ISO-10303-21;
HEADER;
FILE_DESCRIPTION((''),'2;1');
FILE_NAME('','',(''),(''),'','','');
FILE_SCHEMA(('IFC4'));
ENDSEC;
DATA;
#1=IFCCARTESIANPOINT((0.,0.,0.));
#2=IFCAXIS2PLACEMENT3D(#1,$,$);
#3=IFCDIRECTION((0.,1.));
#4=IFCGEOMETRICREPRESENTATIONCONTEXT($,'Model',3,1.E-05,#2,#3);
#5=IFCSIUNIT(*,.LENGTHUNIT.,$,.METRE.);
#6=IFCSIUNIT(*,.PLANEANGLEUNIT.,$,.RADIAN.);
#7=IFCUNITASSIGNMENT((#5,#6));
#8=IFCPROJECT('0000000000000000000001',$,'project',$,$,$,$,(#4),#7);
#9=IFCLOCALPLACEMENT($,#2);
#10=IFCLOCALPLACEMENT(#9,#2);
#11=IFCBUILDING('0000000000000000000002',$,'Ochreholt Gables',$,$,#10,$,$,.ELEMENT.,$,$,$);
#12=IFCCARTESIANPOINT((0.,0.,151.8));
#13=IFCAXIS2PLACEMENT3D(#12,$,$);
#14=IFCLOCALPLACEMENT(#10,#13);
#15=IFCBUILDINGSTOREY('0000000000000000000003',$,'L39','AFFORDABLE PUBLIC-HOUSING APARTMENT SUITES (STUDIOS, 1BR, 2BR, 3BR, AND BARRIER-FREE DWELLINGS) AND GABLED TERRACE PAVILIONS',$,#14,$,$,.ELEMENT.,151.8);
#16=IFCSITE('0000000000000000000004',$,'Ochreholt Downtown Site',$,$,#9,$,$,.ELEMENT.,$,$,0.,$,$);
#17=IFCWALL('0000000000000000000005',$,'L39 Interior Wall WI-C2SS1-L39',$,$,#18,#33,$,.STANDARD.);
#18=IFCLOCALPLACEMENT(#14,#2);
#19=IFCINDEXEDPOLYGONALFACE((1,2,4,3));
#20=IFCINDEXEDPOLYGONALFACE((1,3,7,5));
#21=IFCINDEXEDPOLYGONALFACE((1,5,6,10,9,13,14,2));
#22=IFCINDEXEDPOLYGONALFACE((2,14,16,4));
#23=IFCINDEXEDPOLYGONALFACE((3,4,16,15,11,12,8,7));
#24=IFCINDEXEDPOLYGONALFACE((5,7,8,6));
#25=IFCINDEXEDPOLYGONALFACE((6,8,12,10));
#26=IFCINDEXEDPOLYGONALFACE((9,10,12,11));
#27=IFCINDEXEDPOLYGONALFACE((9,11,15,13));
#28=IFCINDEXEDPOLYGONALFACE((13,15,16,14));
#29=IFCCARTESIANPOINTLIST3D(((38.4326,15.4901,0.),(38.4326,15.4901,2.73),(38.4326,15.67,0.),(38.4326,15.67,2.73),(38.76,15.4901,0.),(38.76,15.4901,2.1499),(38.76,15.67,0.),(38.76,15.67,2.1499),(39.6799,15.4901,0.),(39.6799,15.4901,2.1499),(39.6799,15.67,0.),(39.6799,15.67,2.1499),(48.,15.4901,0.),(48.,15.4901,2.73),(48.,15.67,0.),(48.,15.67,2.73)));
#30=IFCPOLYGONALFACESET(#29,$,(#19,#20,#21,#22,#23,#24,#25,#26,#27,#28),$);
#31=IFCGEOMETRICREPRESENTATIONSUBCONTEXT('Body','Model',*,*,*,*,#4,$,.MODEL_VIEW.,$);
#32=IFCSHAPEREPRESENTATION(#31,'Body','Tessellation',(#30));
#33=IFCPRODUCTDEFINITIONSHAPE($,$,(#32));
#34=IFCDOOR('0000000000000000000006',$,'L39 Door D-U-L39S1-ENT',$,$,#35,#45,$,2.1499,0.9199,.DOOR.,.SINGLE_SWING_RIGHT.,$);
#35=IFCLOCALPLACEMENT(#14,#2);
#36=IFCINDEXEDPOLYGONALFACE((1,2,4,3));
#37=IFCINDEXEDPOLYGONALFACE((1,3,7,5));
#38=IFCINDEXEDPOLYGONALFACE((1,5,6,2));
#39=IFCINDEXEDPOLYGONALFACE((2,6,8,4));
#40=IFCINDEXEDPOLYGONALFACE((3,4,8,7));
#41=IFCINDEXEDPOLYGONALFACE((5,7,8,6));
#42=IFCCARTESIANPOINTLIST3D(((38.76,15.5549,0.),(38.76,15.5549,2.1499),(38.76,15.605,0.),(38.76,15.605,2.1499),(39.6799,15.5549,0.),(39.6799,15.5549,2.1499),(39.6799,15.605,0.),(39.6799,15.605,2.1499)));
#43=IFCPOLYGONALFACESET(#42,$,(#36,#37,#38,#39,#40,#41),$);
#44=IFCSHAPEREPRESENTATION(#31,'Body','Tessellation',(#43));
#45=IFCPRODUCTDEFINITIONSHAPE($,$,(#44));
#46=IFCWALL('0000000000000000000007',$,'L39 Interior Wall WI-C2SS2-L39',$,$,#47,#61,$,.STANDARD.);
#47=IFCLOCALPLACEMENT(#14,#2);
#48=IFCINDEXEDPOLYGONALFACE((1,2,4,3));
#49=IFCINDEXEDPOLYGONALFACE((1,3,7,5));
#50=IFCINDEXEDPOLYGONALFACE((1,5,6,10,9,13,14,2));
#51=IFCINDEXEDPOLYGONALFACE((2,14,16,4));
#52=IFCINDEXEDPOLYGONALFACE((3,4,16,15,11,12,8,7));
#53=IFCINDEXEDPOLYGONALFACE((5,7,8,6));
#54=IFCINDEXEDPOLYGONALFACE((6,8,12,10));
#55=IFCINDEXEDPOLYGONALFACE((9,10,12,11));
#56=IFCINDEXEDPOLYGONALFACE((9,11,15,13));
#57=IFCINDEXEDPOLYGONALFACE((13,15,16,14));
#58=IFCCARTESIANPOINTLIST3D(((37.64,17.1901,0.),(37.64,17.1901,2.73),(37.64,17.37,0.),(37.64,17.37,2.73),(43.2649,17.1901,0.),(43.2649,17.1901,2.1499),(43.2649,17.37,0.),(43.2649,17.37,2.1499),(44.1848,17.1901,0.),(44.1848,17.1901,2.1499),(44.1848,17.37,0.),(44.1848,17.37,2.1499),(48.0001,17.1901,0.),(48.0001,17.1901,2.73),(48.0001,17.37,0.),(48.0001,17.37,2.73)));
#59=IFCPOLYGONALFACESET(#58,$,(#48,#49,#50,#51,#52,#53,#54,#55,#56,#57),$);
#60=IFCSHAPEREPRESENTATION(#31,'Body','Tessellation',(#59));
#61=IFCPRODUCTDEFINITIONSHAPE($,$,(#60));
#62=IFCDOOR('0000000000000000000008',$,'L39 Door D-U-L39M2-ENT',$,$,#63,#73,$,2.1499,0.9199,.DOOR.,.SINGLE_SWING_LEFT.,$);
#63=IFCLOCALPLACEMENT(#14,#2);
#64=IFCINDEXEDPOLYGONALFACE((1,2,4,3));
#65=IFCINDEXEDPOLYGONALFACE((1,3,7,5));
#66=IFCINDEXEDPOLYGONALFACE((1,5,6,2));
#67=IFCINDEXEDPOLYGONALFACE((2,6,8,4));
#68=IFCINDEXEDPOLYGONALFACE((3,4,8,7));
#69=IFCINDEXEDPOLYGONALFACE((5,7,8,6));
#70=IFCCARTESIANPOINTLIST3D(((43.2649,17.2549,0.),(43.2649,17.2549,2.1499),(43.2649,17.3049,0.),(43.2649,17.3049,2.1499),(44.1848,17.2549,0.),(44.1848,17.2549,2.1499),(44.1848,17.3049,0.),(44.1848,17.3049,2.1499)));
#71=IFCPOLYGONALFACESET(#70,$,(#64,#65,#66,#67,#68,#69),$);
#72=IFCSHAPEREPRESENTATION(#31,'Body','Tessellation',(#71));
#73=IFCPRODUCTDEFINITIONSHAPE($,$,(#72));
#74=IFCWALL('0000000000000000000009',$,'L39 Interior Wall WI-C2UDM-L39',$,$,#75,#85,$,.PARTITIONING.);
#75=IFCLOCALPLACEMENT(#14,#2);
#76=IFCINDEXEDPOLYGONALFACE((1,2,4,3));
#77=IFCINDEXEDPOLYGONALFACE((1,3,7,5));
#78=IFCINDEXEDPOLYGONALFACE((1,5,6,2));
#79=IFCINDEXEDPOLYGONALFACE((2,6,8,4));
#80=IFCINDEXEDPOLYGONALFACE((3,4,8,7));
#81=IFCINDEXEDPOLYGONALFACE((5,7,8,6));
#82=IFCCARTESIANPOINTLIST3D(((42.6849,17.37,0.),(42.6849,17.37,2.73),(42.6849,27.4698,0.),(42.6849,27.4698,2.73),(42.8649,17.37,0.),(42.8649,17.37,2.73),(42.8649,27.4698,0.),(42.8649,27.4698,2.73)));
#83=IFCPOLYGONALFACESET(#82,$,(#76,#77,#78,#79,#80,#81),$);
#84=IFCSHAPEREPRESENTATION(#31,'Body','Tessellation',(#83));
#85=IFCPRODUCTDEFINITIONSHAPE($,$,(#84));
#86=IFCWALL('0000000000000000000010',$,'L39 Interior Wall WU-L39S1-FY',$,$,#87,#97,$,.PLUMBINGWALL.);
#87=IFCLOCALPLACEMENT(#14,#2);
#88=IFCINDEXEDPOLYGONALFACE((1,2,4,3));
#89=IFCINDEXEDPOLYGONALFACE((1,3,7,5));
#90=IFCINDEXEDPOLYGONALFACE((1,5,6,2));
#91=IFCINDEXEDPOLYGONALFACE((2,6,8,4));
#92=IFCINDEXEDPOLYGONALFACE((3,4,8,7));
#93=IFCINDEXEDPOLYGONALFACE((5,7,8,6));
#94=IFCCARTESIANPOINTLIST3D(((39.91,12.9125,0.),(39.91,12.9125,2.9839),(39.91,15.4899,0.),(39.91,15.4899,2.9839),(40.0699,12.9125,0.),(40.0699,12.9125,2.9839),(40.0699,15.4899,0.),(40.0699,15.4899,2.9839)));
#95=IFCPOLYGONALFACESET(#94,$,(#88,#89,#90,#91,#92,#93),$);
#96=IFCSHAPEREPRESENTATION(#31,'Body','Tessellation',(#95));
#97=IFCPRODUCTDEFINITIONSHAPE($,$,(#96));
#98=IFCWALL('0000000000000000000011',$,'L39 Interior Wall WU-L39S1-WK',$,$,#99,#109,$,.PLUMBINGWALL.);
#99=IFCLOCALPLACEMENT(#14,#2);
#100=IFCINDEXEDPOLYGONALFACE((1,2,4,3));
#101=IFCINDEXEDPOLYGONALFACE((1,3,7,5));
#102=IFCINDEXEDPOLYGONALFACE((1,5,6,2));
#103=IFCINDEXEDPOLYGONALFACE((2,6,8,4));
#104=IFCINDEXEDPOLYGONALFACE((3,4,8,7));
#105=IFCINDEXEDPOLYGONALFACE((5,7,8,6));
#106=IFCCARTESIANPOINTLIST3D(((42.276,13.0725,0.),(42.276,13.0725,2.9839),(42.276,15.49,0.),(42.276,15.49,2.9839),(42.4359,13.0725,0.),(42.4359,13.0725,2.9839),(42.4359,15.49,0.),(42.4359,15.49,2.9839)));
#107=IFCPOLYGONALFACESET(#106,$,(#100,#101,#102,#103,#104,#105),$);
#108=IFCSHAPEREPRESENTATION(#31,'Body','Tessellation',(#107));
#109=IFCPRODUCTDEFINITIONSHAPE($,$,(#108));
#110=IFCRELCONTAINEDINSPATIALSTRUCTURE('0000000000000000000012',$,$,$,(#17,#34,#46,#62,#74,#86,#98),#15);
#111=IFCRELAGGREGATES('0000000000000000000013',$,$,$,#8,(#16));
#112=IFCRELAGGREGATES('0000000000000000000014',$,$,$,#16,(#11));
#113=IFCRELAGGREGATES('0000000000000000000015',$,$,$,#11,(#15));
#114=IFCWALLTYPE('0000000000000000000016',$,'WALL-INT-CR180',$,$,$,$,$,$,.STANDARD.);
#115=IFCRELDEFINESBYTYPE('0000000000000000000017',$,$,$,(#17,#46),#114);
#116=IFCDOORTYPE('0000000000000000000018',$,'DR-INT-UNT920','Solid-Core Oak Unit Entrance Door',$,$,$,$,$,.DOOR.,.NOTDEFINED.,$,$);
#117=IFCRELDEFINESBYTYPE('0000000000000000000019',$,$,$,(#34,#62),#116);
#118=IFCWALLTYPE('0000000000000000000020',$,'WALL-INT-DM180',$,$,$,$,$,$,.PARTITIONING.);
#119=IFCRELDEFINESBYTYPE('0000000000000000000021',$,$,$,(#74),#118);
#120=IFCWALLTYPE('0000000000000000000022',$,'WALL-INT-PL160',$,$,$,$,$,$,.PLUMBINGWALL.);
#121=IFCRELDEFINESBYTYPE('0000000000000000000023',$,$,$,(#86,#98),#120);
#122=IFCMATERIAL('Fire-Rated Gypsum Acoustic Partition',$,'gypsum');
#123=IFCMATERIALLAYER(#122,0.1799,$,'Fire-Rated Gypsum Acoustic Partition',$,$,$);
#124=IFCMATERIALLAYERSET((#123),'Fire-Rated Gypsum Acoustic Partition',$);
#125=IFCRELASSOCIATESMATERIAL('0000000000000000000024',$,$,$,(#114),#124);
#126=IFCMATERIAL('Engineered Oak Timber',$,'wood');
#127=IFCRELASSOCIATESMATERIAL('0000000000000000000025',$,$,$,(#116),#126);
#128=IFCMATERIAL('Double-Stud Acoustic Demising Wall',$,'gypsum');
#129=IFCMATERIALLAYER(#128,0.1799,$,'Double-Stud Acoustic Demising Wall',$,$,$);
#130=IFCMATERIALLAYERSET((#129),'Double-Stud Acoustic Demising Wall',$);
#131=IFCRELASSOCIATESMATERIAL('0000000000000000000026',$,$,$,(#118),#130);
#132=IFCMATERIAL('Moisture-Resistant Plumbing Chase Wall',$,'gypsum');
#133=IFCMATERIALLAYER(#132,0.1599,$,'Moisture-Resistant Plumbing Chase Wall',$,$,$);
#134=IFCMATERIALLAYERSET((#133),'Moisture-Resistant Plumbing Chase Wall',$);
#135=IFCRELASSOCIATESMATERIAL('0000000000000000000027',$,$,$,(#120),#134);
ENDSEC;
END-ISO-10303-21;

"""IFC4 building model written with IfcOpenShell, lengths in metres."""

from ifc_helpers import new_model, si_unit, direction, frame, frame_2d, origin, place, context, subcontext, project, spatial, rectangle, extrude, material, layer, layer_set, type_object, element, fill, save


model = new_model("IFC4")

# Units and contexts
model_context = context("Model", 3, precision=1e-05, world=origin(), true_north=direction((0.0, 1.0)))
body_context = subcontext(model_context, "Body", "Model", "MODEL_VIEW")
ifc_project = project(units=[si_unit("LENGTHUNIT", "METRE"), si_unit("PLANEANGLEUNIT", "RADIAN")], contexts=[model_context])

# Site, building, storey
site_placement = place(None, origin())
site = spatial("IfcSite", under=ifc_project, at=site_placement, Name="Ochreholt Downtown Site", CompositionType="ELEMENT", RefElevation=0.0)
building_placement = place(site_placement, origin())
building = spatial("IfcBuilding", under=site, at=building_placement, Name="Ochreholt Gables", CompositionType="ELEMENT")
storey_placement = place(building_placement, frame((0.0, 0.0, 151.8)))
storey = spatial("IfcBuildingStorey", under=building, at=storey_placement, Name="L39", Description="AFFORDABLE PUBLIC-HOUSING APARTMENT SUITES (STUDIOS, 1BR, 2BR, 3BR, AND BARRIER-FREE DWELLINGS) AND GABLED TERRACE PAVILIONS", CompositionType="ELEMENT", Elevation=151.8)

# Walls, openings, doors
ifc_material_1 = material(Name="Fire-Rated Gypsum Acoustic Partition", Category="gypsum")
ifc_layer_1 = layer(ifc_material_1, 0.1799, Name="Fire-Rated Gypsum Acoustic Partition")
ifc_layer_set_1 = layer_set([ifc_layer_1], Name="Fire-Rated Gypsum Acoustic Partition")
wall_type_1 = type_object("IfcWallType", Name="WALL-INT-CR180", PredefinedType="STANDARD", material=ifc_layer_set_1)
ifc_material_2 = material(Name="Engineered Oak Timber", Category="wood")
door_type_1 = type_object("IfcDoorType", Name="DR-INT-UNT920", Description="Solid-Core Oak Unit Entrance Door", OperationType="NOTDEFINED", PredefinedType="DOOR", material=ifc_material_2)
wall_1_placement = place(storey_placement, frame((38.4326, 15.5801, 0.0), z_axis=(0.0, 0.0, 1.0), x_axis=(1.0, 0.0, 0.0)))
wall_1 = element("IfcWall", 1, at=wall_1_placement, inside=storey, type_object=wall_type_1, Name="L39 Interior Wall WI-C2SS1-L39", PredefinedType="STANDARD", context=body_context, shape_type="SweptSolid", body=[
    extrude(rectangle(XDim=9.5674, YDim=0.1799, at=frame_2d((4.7837, 0.0))), origin(), (0.0, 0.0, 1.0), 2.73),
])
opening_1_placement = place(wall_1_placement, frame((0.3274, 0.0, 0.0)))
opening_1 = element("IfcOpeningElement", 2, at=opening_1_placement, cuts=wall_1, PredefinedType="OPENING", context=body_context, shape_type="SweptSolid", body=[
    extrude(rectangle(XDim=0.9199, YDim=2.1499, at=frame_2d((0.46, 1.075))), frame((0.0, 0.0999, 0.0), z_axis=(0.0, -1.0, 0.0), x_axis=(1.0, 0.0, 0.0)), (0.0, 0.0, 1.0), 0.2),
])
door_1_placement = place(opening_1_placement, origin())
door_1 = element("IfcDoor", 3, at=door_1_placement, inside=storey, type_object=door_type_1, Name="L39 Door D-U-L39S1-ENT", OperationType="SINGLE_SWING_RIGHT", OverallHeight=2.1499, OverallWidth=0.9199, PredefinedType="DOOR", context=body_context, shape_type="SweptSolid", body=[
    extrude(rectangle(XDim=0.9199, YDim=2.1499, at=frame_2d((0.46, 1.075))), frame((0.0, 0.0249, 0.0), z_axis=(0.0, -1.0, 0.0), x_axis=(1.0, 0.0, 0.0)), (0.0, 0.0, 1.0), 0.05),
])
fill(opening_1, door_1)
wall_2_placement = place(storey_placement, frame((37.6399, 17.28, 0.0), z_axis=(0.0, 0.0, 1.0), x_axis=(1.0, 0.0, 0.0)))
wall_2 = element("IfcWall", 4, at=wall_2_placement, inside=storey, type_object=wall_type_1, Name="L39 Interior Wall WI-C2SS2-L39", PredefinedType="STANDARD", context=body_context, shape_type="SweptSolid", body=[
    extrude(rectangle(XDim=10.3601, YDim=0.1799, at=frame_2d((5.1802, 0.0))), origin(), (0.0, 0.0, 1.0), 2.73),
])
opening_2_placement = place(wall_2_placement, frame((5.625, 0.0, 0.0)))
opening_2 = element("IfcOpeningElement", 5, at=opening_2_placement, cuts=wall_2, PredefinedType="OPENING", context=body_context, shape_type="SweptSolid", body=[
    extrude(rectangle(XDim=0.9199, YDim=2.1499, at=frame_2d((0.46, 1.075))), frame((0.0, 0.0999, 0.0), z_axis=(0.0, -1.0, 0.0), x_axis=(1.0, 0.0, 0.0)), (0.0, 0.0, 1.0), 0.2),
])
door_2_placement = place(opening_2_placement, origin())
door_2 = element("IfcDoor", 6, at=door_2_placement, inside=storey, type_object=door_type_1, Name="L39 Door D-U-L39M2-ENT", OperationType="SINGLE_SWING_LEFT", OverallHeight=2.1499, OverallWidth=0.9199, PredefinedType="DOOR", context=body_context, shape_type="SweptSolid", body=[
    extrude(rectangle(XDim=0.9199, YDim=2.1499, at=frame_2d((0.46, 1.075))), frame((0.0, 0.0249, 0.0), z_axis=(0.0, -1.0, 0.0), x_axis=(1.0, 0.0, 0.0)), (0.0, 0.0, 1.0), 0.05),
])
fill(opening_2, door_2)

# Wall
ifc_material_3 = material(Name="Double-Stud Acoustic Demising Wall", Category="gypsum")
ifc_layer_2 = layer(ifc_material_3, 0.1799, Name="Double-Stud Acoustic Demising Wall")
ifc_layer_set_2 = layer_set([ifc_layer_2], Name="Double-Stud Acoustic Demising Wall")
wall_type_2 = type_object("IfcWallType", Name="WALL-INT-DM180", PredefinedType="PARTITIONING", material=ifc_layer_set_2)
wall_3_placement = place(storey_placement, frame((42.7749, 17.3701, 0.0), z_axis=(0.0, 0.0, 1.0), x_axis=(0.0, 1.0, 0.0)))
element("IfcWall", 7, at=wall_3_placement, inside=storey, type_object=wall_type_2, Name="L39 Interior Wall WI-C2UDM-L39", PredefinedType="PARTITIONING", context=body_context, shape_type="SweptSolid", body=[
    extrude(rectangle(XDim=10.0999, YDim=0.1799, at=frame_2d((5.0498, 0.0))), origin(), (0.0, 0.0, 1.0), 2.73),
])

# Shared definitions
ifc_material_4 = material(Name="Moisture-Resistant Plumbing Chase Wall", Category="gypsum")
ifc_layer_3 = layer(ifc_material_4, 0.1599, Name="Moisture-Resistant Plumbing Chase Wall")
ifc_layer_set_3 = layer_set([ifc_layer_3], Name="Moisture-Resistant Plumbing Chase Wall")
wall_type_3 = type_object("IfcWallType", Name="WALL-INT-PL160", PredefinedType="PLUMBINGWALL", material=ifc_layer_set_3)

# Walls
wall_4_placement = place(storey_placement, frame((39.99, 12.9126, 0.0), z_axis=(0.0, 0.0, 1.0), x_axis=(0.0, 1.0, 0.0)))
element("IfcWall", 8, at=wall_4_placement, inside=storey, type_object=wall_type_3, Name="L39 Interior Wall WU-L39S1-FY", PredefinedType="PLUMBINGWALL", context=body_context, shape_type="SweptSolid", body=[
    extrude(rectangle(XDim=2.5774, YDim=0.1599, at=frame_2d((1.2886, 0.0))), origin(), (0.0, 0.0, 1.0), 2.9839),
])
wall_5_placement = place(storey_placement, frame((42.356, 13.0725, 0.0), z_axis=(0.0, 0.0, 1.0), x_axis=(0.0, 1.0, 0.0)))
element("IfcWall", 9, at=wall_5_placement, inside=storey, type_object=wall_type_3, Name="L39 Interior Wall WU-L39S1-WK", PredefinedType="PLUMBINGWALL", context=body_context, shape_type="SweptSolid", body=[
    extrude(rectangle(XDim=2.4175, YDim=0.1599, at=frame_2d((1.2087, 0.0))), origin(), (0.0, 0.0, 1.0), 2.9839),
])

save(model, "model.ifc")
